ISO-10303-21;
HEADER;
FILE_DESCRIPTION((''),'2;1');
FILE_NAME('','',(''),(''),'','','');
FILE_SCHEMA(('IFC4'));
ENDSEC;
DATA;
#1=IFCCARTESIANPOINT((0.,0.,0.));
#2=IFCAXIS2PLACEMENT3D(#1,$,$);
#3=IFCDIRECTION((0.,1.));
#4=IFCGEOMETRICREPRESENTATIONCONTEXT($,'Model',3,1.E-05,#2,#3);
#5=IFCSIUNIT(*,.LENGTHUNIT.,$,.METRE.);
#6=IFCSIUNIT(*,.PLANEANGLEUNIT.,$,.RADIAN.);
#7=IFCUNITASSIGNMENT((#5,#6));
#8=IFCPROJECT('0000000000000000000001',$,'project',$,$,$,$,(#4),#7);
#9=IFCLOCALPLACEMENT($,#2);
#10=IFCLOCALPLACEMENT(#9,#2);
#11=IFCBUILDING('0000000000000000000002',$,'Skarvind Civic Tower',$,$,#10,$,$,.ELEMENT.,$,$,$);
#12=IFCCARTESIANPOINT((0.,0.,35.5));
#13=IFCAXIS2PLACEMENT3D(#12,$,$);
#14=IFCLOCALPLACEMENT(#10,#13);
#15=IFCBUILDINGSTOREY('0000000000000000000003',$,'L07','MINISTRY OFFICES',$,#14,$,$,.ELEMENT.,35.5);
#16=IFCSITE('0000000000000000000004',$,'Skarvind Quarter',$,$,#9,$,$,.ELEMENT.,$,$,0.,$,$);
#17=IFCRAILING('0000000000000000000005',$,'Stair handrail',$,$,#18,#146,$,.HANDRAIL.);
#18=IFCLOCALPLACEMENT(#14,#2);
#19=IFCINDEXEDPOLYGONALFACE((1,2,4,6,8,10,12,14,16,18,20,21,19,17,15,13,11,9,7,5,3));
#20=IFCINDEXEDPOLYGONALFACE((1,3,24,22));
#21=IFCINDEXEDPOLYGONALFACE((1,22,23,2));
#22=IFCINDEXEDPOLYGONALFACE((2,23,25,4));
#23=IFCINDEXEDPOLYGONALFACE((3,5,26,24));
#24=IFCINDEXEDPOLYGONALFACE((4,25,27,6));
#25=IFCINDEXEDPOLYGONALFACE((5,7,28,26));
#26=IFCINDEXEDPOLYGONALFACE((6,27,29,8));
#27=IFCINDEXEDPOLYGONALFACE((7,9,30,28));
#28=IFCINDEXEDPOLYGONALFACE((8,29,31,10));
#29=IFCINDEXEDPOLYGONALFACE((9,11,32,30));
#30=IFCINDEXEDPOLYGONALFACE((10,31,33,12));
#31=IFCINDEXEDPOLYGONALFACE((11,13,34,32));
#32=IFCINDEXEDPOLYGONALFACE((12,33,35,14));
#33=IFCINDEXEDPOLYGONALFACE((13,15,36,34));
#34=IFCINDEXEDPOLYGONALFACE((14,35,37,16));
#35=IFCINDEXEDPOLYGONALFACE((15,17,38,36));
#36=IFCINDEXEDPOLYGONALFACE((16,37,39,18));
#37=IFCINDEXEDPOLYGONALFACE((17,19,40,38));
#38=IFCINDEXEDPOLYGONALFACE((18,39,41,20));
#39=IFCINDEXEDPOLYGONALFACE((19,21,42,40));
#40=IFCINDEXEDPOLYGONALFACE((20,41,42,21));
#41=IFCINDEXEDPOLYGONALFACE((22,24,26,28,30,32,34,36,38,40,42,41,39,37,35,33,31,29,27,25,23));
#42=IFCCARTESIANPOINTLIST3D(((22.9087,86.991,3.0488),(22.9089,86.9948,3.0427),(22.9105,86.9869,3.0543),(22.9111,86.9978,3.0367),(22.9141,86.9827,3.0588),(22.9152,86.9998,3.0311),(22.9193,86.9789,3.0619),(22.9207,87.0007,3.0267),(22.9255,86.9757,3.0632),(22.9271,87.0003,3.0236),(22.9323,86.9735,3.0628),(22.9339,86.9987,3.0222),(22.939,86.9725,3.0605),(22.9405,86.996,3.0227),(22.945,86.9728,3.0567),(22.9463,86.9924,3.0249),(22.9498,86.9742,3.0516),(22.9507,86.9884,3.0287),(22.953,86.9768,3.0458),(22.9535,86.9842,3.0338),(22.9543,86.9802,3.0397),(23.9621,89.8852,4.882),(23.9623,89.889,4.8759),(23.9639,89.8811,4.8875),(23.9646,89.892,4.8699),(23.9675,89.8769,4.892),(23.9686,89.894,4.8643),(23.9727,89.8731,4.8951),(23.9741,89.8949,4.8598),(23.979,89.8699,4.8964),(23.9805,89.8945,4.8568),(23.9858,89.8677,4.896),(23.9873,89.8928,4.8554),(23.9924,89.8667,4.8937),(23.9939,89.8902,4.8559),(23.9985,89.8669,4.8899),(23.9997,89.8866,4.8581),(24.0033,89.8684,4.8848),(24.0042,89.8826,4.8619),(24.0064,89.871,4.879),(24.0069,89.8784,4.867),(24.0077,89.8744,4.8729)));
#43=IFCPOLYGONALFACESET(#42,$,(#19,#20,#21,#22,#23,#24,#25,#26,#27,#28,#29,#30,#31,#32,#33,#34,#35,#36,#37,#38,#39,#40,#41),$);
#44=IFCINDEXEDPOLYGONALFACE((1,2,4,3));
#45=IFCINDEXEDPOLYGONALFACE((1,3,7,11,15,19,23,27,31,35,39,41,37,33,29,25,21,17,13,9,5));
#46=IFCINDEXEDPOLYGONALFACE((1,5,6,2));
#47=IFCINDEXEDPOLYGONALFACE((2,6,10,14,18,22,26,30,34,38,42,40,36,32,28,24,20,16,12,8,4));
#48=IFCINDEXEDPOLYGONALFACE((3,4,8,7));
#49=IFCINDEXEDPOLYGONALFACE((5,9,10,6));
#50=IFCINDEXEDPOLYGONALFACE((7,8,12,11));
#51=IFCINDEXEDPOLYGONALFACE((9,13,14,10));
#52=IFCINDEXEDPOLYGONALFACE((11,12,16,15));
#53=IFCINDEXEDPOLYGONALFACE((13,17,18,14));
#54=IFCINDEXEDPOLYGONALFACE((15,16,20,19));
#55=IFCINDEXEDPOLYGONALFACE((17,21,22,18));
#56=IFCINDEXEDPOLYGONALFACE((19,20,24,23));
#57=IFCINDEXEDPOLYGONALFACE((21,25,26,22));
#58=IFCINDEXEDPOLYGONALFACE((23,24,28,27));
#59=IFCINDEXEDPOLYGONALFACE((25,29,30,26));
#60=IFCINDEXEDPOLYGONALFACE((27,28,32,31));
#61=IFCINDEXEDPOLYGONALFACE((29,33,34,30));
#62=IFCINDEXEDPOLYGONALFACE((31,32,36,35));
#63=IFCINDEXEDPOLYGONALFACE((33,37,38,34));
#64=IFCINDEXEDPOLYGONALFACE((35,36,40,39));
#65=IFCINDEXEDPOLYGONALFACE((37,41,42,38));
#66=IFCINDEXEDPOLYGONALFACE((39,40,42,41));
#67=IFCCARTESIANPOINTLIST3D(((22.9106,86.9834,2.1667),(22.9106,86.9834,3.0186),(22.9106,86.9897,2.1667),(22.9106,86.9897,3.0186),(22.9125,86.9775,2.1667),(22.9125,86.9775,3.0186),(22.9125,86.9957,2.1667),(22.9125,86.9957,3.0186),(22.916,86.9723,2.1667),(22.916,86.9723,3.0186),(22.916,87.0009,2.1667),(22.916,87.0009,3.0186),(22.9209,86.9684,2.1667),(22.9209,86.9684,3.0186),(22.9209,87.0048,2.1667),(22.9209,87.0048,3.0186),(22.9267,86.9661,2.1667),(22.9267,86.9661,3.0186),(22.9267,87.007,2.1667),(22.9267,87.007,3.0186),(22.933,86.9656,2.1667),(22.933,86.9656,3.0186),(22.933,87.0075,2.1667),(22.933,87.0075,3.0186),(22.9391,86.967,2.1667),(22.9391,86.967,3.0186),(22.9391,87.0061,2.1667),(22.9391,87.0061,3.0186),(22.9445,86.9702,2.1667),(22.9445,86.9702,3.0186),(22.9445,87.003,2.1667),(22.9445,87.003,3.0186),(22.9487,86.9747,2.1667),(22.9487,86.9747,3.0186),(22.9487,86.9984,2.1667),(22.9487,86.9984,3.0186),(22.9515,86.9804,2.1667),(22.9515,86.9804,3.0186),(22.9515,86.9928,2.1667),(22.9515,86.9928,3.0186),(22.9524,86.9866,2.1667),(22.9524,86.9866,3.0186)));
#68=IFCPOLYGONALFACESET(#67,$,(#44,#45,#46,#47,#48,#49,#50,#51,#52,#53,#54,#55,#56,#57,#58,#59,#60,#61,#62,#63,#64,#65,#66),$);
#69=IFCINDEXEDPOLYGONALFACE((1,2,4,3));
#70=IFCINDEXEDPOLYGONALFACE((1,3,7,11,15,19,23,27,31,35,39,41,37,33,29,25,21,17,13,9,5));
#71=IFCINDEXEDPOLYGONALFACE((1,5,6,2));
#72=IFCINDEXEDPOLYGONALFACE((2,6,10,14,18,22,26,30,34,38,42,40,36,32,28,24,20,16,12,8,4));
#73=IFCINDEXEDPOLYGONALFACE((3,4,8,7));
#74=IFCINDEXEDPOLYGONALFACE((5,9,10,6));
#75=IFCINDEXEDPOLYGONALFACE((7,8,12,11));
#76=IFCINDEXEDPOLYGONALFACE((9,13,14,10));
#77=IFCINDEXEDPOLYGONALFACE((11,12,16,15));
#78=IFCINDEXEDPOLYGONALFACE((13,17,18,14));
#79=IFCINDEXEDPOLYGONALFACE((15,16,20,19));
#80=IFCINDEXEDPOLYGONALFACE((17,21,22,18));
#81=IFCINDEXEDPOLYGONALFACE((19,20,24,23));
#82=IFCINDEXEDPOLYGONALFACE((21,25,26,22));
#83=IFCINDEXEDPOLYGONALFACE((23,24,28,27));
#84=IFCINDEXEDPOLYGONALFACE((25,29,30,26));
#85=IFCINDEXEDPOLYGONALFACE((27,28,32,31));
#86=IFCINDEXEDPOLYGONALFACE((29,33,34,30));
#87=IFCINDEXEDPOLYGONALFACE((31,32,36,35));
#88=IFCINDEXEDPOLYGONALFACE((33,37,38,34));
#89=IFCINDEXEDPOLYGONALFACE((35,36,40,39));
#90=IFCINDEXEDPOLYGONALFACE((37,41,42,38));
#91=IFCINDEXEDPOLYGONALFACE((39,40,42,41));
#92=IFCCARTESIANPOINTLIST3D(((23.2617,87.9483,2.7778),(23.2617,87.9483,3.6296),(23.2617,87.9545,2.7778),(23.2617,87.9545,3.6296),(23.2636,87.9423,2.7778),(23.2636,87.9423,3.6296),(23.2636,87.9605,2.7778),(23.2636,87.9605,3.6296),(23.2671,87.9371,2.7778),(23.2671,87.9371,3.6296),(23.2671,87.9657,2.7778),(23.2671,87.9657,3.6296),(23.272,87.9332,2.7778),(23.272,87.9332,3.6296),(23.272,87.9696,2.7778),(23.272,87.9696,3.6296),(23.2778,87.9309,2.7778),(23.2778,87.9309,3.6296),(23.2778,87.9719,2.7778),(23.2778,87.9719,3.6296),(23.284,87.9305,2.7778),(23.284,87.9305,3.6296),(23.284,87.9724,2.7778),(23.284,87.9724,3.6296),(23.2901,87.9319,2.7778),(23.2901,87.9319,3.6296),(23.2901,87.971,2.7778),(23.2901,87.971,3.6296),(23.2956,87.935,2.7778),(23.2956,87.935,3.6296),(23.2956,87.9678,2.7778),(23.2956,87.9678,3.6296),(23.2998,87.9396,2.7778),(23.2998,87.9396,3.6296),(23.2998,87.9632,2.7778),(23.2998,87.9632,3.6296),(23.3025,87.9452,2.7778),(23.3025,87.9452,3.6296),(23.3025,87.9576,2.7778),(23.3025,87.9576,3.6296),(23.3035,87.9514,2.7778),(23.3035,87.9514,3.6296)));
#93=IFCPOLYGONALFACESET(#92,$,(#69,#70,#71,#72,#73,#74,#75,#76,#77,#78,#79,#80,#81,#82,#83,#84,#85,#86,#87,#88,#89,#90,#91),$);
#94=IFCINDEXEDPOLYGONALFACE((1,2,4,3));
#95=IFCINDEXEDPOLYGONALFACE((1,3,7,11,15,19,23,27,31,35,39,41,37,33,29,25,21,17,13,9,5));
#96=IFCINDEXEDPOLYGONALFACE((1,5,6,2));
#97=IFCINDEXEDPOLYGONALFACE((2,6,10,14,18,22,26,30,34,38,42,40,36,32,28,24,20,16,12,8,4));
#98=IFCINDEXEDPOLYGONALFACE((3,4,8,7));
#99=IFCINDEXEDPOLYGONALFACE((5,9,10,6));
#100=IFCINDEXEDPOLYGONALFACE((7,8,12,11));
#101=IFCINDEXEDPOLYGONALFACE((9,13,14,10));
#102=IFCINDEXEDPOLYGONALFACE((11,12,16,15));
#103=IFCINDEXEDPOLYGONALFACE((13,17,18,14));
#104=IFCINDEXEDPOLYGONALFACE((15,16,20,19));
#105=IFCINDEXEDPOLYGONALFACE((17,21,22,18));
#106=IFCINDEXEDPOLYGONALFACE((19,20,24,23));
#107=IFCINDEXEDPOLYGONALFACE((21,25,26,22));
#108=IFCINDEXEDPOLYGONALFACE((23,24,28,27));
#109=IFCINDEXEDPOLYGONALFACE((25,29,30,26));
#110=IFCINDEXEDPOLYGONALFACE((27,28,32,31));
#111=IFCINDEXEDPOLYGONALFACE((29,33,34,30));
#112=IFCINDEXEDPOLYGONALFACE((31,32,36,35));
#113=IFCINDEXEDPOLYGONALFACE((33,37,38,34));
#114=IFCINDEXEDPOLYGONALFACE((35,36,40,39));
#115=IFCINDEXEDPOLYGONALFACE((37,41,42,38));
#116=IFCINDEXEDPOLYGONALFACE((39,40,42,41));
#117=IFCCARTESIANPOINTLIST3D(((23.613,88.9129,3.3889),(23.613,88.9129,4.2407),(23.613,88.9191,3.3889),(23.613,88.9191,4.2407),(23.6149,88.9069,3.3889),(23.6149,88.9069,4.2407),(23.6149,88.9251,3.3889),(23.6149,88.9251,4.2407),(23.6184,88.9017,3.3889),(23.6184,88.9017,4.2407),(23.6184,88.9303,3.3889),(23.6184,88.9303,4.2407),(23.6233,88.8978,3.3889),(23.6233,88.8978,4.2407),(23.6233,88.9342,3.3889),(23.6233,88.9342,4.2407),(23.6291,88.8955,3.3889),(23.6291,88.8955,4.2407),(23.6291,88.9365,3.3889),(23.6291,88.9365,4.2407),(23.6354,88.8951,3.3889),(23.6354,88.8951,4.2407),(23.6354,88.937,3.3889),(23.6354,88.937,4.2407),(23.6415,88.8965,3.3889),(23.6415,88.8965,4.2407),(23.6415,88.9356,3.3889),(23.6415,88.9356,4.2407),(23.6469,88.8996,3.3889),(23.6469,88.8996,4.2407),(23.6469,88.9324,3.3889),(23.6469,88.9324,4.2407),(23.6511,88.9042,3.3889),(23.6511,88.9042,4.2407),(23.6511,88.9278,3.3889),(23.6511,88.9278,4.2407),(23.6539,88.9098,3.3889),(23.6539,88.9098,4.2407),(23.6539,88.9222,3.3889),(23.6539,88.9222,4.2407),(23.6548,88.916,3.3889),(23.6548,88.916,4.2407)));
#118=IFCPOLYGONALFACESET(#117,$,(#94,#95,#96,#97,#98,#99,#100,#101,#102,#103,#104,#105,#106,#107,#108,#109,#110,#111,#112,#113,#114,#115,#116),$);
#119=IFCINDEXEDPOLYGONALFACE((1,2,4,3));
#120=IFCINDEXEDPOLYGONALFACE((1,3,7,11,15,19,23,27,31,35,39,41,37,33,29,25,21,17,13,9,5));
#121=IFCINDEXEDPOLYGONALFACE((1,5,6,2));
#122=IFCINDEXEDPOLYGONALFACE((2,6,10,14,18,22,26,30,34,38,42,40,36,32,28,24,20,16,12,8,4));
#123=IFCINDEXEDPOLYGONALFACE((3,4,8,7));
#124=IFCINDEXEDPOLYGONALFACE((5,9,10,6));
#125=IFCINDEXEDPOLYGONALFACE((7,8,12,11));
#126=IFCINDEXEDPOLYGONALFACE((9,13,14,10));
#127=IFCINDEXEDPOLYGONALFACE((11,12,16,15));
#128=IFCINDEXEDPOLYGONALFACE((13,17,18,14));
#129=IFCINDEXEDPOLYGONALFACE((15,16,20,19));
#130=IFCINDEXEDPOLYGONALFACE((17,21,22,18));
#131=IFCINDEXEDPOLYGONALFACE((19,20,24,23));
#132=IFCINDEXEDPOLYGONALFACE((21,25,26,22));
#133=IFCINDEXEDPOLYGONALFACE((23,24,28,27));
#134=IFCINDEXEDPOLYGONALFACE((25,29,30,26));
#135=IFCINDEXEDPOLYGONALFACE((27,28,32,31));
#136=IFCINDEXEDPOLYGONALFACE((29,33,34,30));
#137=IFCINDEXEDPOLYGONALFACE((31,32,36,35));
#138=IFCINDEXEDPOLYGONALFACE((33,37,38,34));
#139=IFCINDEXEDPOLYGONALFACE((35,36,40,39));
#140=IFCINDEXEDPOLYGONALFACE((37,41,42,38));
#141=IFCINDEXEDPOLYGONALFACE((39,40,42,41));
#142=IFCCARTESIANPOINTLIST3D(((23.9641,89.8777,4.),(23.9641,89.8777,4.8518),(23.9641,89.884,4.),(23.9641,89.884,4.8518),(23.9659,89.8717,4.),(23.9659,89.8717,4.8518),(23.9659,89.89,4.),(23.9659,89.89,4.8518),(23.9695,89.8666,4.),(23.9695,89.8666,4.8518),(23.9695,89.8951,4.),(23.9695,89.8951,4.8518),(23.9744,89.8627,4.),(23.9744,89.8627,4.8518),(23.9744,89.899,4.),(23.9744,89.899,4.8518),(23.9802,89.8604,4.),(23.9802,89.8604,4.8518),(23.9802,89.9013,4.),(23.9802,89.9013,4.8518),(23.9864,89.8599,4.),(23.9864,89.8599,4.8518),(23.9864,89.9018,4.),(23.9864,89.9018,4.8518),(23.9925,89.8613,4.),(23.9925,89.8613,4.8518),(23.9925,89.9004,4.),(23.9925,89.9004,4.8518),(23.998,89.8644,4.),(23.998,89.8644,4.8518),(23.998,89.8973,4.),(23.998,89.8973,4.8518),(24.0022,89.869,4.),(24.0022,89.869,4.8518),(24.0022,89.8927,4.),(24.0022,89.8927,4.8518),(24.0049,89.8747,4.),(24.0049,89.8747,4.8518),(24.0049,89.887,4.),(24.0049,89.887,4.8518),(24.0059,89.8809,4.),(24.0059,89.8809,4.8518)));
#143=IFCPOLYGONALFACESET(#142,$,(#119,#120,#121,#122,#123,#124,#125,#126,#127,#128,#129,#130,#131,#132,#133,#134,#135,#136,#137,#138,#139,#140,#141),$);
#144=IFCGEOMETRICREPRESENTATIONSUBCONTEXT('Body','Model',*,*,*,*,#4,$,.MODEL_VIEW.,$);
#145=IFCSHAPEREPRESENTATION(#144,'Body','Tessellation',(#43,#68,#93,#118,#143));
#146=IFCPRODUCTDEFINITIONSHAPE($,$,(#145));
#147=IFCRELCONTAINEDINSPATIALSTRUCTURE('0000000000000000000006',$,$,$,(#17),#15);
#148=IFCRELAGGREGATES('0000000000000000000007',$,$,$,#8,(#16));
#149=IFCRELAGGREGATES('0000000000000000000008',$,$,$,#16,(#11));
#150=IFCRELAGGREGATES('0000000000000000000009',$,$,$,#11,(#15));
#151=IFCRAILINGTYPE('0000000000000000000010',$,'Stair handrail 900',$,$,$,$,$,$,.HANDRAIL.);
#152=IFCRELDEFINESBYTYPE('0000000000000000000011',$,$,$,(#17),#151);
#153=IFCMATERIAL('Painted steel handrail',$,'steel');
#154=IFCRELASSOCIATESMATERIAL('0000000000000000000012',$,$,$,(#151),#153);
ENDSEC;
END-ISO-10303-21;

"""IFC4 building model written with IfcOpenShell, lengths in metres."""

from ifc_helpers import new_model, si_unit, direction, frame, origin, origin_2d, place, context, subcontext, project, spatial, circle, extrude, material, type_object, element, save


model = new_model("IFC4")

# Units and contexts
model_context = context("Model", 3, precision=1e-05, world=origin(), true_north=direction((0.0, 1.0)))
body_context = subcontext(model_context, "Body", "Model", "MODEL_VIEW")
ifc_project = project(units=[si_unit("LENGTHUNIT", "METRE"), si_unit("PLANEANGLEUNIT", "RADIAN")], contexts=[model_context])

# Site, building, storey
site_placement = place(None, origin())
site = spatial("IfcSite", under=ifc_project, at=site_placement, Name="Skarvind Quarter", CompositionType="ELEMENT", RefElevation=0.0)
building_placement = place(site_placement, origin())
building = spatial("IfcBuilding", under=site, at=building_placement, Name="Skarvind Civic Tower", CompositionType="ELEMENT")
storey_placement = place(building_placement, frame((0.0, 0.0, 35.5)))
storey = spatial("IfcBuildingStorey", under=building, at=storey_placement, Name="L07", Description="MINISTRY OFFICES", CompositionType="ELEMENT", Elevation=35.5)

# Railing
ifc_material_1 = material(Name="Painted steel handrail", Category="steel")
railing_type = type_object("IfcRailingType", Name="Stair handrail 900", PredefinedType="HANDRAIL", material=ifc_material_1)
railing_1_placement = place(storey_placement, frame((22.9314, 86.9866, 2.1667)))
element("IfcRailing", 1, at=railing_1_placement, inside=storey, type_object=railing_type, Name="Stair handrail", PredefinedType="HANDRAIL", context=body_context, shape_type="SweptSolid", body=[
    extrude(circle(Radius=0.0239, at=origin_2d()), frame((0.0, 0.0, 0.876), z_axis=(0.293908, 0.807481, 0.511461), x_axis=(-0.939689, 0.342029, 0.0)), (0.0, 0.0, 1.0), 3.5842),
    extrude(circle(Radius=0.021, at=origin_2d()), origin(), (0.0, 0.0, 1.0), 0.8518),
    extrude(circle(Radius=0.021, at=origin_2d()), frame((0.3511, 0.9648, 0.6111)), (0.0, 0.0, 1.0), 0.8518),
    extrude(circle(Radius=0.021, at=origin_2d()), frame((0.7024, 1.9294, 1.2222)), (0.0, 0.0, 1.0), 0.8518),
    extrude(circle(Radius=0.021, at=origin_2d()), frame((1.0535, 2.8943, 1.8333)), (0.0, 0.0, 1.0), 0.8518),
])

save(model, "model.ifc")
